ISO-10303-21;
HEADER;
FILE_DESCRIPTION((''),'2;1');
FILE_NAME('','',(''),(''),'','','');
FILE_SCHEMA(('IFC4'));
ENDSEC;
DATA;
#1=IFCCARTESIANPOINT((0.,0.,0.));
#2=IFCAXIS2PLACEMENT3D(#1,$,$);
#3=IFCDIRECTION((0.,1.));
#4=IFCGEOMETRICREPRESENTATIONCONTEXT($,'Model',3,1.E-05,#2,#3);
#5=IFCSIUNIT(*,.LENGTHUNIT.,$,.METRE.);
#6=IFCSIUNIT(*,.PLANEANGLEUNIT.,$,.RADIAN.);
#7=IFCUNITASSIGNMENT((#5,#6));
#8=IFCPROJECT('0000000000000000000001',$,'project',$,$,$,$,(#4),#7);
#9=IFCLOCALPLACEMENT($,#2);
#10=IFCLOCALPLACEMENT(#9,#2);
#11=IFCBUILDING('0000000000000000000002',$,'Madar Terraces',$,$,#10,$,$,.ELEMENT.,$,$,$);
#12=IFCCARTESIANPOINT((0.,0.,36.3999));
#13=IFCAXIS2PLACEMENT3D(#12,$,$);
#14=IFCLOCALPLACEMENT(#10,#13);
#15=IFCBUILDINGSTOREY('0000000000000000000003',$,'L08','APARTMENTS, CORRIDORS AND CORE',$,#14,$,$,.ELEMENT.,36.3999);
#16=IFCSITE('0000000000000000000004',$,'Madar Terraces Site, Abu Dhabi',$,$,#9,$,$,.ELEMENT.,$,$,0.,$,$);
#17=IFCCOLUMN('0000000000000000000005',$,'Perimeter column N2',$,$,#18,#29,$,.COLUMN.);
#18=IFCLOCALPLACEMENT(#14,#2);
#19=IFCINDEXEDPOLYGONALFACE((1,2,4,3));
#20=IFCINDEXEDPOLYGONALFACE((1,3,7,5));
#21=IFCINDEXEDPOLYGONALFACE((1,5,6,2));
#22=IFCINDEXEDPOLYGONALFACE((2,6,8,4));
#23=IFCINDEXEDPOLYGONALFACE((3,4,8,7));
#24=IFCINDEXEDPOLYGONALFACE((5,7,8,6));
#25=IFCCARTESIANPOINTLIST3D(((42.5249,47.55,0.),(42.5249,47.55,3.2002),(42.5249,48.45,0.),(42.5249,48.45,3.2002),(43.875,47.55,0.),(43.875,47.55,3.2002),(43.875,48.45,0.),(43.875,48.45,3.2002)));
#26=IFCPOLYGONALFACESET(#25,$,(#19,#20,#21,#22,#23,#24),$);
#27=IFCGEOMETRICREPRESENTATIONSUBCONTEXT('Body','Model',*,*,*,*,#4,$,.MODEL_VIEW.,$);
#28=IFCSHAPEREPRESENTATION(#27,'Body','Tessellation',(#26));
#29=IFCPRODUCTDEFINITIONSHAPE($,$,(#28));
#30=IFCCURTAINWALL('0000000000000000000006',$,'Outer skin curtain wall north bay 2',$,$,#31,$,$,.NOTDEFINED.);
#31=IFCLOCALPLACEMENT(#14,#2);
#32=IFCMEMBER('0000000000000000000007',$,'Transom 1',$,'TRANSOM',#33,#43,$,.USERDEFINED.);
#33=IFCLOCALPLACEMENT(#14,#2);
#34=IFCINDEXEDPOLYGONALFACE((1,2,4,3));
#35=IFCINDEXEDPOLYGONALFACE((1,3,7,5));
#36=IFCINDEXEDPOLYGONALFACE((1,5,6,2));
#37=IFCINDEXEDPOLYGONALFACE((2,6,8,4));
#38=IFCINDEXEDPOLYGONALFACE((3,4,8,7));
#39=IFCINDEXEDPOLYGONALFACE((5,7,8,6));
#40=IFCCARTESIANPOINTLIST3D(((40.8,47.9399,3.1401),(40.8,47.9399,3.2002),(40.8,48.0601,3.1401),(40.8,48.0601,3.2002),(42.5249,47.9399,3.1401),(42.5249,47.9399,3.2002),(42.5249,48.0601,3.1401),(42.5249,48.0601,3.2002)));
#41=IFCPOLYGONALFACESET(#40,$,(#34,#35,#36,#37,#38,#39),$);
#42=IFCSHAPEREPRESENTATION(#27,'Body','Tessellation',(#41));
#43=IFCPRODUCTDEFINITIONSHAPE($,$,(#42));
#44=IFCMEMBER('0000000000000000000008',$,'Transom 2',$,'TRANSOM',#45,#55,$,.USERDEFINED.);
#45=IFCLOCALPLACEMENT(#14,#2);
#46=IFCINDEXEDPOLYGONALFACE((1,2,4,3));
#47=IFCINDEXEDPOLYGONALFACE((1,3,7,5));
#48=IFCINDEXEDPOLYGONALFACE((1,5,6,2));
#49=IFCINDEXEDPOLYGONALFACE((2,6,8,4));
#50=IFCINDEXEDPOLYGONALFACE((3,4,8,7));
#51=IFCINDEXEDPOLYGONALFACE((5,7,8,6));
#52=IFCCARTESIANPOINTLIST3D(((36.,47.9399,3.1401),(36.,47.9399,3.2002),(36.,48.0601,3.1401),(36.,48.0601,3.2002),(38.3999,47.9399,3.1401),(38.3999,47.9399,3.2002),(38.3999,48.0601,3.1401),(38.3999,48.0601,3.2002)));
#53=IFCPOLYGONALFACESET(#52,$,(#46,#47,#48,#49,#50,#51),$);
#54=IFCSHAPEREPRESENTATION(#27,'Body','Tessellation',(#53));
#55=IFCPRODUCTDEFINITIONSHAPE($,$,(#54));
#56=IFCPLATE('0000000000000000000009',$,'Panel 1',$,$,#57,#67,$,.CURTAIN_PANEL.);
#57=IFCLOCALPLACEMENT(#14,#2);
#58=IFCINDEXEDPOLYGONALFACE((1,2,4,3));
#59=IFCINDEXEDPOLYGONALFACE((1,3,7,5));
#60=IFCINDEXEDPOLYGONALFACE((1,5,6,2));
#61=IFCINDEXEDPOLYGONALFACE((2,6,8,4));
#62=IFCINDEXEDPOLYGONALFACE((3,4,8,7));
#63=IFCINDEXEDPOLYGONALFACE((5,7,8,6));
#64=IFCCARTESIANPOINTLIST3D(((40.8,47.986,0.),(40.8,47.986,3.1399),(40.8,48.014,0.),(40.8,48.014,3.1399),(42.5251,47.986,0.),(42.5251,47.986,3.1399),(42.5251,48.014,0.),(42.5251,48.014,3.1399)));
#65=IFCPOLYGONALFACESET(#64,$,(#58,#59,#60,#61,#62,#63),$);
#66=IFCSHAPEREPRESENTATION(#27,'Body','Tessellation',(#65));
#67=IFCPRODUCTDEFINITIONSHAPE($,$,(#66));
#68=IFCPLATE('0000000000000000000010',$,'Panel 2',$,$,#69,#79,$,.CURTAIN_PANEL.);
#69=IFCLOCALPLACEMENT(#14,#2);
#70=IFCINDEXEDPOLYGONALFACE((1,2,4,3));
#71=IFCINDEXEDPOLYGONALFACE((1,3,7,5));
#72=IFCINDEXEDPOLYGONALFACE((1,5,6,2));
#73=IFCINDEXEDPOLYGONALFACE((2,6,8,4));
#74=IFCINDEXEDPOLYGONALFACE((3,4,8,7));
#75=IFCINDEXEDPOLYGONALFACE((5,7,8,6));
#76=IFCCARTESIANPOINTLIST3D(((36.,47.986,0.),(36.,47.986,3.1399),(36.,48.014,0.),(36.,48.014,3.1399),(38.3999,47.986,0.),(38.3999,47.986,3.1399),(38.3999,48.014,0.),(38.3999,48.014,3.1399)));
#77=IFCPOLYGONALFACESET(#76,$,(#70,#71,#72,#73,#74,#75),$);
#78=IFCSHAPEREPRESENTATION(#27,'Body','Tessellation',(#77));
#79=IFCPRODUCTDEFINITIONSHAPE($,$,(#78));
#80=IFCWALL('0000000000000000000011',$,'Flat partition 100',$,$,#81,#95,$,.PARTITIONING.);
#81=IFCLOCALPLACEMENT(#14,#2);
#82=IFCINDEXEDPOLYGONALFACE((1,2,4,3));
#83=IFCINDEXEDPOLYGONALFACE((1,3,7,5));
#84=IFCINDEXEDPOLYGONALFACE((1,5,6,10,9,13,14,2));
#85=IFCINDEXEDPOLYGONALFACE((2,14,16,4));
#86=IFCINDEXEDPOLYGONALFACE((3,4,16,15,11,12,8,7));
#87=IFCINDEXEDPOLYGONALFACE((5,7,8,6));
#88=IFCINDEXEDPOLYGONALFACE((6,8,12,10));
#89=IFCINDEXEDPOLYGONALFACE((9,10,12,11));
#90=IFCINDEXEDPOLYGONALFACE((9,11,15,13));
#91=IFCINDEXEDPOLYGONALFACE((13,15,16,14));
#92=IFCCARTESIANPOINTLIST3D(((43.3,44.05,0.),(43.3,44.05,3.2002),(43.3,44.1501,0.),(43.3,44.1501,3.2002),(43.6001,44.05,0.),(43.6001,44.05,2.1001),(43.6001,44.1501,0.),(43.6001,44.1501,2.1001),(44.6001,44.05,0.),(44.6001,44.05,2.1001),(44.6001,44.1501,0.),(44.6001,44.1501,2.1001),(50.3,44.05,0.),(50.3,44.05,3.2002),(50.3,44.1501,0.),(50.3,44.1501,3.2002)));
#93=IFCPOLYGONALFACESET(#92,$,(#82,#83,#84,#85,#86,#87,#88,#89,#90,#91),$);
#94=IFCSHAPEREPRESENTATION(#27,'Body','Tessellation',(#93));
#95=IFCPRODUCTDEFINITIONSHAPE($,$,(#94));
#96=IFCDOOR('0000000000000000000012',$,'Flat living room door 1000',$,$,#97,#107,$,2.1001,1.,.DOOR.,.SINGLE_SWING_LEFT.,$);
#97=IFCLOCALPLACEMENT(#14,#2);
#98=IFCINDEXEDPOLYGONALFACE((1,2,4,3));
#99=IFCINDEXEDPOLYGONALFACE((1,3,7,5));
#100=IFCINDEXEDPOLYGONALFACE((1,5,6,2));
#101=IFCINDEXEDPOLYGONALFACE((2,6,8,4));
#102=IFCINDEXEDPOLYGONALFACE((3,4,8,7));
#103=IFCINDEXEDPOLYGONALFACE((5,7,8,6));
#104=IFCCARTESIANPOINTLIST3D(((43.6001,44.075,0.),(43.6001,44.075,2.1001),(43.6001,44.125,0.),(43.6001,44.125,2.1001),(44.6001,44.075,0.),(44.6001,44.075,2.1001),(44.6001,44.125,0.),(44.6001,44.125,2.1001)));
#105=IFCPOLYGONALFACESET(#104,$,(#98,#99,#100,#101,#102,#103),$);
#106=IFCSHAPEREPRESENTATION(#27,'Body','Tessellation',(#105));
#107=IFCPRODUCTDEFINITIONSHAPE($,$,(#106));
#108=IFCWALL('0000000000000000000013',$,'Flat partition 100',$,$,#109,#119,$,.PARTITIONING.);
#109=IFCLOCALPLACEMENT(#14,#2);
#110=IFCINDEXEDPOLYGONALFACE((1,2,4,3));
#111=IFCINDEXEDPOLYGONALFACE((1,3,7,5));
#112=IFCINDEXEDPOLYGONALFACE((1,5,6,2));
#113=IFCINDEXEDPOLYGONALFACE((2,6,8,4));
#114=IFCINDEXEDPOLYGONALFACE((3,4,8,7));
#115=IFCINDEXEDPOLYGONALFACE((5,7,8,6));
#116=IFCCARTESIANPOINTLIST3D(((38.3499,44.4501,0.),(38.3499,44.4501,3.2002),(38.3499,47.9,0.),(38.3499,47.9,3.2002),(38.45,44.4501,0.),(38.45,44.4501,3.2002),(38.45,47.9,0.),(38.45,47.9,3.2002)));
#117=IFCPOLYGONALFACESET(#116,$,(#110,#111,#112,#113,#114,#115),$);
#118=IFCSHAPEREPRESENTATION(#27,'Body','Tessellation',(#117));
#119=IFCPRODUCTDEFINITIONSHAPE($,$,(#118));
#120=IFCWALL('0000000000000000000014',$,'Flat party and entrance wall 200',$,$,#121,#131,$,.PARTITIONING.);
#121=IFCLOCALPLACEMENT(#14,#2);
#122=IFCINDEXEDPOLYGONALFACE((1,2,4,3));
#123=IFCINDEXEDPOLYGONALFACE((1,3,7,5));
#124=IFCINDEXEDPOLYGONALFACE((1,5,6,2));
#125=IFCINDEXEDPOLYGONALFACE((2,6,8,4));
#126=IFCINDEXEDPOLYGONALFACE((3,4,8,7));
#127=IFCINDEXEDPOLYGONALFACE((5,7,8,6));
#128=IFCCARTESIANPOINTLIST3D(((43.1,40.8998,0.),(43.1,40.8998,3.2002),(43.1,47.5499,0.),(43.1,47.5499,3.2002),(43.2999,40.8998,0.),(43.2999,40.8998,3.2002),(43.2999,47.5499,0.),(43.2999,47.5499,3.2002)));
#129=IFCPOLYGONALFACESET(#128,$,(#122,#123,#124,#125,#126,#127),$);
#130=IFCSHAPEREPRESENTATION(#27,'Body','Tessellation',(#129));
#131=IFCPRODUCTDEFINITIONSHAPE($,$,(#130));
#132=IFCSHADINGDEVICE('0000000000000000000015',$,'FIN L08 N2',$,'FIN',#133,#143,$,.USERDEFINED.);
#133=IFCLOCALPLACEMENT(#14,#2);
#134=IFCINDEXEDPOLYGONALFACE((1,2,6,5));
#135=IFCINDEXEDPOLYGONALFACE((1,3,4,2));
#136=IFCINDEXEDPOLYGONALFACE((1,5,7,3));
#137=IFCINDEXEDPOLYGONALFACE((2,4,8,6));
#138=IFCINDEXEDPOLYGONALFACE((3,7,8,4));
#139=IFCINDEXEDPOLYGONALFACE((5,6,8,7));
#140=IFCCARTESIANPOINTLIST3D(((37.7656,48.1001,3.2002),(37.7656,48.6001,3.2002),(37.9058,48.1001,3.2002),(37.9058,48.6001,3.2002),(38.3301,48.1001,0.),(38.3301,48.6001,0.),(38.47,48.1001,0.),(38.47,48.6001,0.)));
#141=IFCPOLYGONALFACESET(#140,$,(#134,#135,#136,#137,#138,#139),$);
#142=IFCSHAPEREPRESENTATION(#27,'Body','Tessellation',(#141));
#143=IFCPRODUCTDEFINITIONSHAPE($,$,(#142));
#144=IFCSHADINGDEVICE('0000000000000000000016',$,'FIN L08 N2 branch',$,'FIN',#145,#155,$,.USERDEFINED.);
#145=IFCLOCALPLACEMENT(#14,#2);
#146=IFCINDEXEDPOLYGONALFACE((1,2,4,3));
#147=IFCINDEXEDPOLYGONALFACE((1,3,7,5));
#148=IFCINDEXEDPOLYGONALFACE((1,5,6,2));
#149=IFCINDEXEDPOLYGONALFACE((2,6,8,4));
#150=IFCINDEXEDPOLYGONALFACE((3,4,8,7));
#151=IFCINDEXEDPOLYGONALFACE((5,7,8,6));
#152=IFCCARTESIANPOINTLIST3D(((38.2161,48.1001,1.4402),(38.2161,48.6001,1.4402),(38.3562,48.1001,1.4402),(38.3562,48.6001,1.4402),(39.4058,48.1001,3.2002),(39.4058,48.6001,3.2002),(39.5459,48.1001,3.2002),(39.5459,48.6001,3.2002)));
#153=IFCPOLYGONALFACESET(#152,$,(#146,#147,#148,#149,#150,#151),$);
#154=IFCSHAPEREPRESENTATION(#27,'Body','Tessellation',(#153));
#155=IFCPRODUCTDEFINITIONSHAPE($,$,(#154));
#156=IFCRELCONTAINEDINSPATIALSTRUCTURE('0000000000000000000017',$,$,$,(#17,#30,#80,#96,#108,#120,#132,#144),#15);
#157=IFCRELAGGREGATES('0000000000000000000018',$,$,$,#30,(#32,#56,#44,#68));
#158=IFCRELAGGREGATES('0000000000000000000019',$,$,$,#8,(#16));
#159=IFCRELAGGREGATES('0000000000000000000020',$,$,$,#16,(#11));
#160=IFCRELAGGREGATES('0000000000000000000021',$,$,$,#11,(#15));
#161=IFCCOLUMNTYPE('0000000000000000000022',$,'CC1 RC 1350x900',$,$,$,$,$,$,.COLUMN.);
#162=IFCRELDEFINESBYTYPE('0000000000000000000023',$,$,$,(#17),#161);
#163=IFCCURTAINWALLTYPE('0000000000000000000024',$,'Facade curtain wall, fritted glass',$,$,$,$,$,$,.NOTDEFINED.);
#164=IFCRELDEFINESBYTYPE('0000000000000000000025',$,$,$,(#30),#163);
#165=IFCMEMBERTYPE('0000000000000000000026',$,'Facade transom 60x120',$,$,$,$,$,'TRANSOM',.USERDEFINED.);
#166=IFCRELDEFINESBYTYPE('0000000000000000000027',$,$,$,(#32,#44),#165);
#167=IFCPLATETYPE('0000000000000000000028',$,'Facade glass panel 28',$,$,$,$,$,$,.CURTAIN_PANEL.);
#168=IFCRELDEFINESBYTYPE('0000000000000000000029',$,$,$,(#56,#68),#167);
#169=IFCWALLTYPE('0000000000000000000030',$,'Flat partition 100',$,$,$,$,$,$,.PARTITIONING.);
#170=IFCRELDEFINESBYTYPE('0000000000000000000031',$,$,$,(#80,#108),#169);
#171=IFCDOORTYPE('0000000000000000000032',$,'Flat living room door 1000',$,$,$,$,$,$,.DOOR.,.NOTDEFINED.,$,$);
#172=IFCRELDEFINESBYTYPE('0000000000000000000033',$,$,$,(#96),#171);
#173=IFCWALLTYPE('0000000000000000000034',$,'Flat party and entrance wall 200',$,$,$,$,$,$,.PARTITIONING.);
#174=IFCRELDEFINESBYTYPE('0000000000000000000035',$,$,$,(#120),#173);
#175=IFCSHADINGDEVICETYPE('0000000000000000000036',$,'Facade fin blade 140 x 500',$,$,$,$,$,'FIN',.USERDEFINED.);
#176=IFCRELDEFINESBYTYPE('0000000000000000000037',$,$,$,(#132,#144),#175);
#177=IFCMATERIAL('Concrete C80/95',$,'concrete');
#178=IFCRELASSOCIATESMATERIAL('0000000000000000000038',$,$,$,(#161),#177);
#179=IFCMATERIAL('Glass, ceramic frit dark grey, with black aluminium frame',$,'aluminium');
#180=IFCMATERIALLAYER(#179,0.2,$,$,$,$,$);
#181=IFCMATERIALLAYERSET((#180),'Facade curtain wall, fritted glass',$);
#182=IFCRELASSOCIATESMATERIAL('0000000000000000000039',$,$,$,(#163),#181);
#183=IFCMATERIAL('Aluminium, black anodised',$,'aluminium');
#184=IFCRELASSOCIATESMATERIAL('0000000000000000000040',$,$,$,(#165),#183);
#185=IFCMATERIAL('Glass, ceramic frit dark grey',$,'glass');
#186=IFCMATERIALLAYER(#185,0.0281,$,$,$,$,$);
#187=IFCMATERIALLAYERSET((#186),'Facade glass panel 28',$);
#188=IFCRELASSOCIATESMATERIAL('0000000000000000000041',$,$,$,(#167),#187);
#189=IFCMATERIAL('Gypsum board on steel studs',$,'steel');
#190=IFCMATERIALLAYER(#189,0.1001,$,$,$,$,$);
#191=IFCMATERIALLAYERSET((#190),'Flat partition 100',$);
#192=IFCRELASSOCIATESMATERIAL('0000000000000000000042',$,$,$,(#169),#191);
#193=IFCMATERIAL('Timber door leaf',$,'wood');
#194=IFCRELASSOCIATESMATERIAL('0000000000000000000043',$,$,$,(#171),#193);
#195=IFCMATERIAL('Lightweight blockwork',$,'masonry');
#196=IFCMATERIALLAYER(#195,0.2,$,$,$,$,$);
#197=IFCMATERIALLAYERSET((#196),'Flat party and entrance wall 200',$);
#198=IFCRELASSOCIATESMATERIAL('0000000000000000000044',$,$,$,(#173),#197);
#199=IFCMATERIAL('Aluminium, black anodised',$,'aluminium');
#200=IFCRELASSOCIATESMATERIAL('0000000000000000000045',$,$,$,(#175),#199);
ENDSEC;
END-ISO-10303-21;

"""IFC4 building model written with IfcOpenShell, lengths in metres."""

from ifc_helpers import new_model, si_unit, direction, frame, frame_2d, origin, origin_2d, place, context, subcontext, project, spatial, polyline, rectangle, outline, extrude, material, layer, layer_set, material_profile, profile_set, type_object, element, fill, aggregate, save


model = new_model("IFC4")

# Units and contexts
model_context = context("Model", 3, precision=1e-05, world=origin(), true_north=direction((0.0, 1.0)))
body_context = subcontext(model_context, "Body", "Model", "MODEL_VIEW")
ifc_project = project(units=[si_unit("LENGTHUNIT", "METRE"), si_unit("PLANEANGLEUNIT", "RADIAN")], contexts=[model_context])

# Site, building, storey
site_placement = place(None, origin())
site = spatial("IfcSite", under=ifc_project, at=site_placement, Name="Madar Terraces Site, Abu Dhabi", CompositionType="ELEMENT", RefElevation=0.0)
building_placement = place(site_placement, origin())
building = spatial("IfcBuilding", under=site, at=building_placement, Name="Madar Terraces", CompositionType="ELEMENT")
storey_placement = place(building_placement, frame((0.0, 0.0, 36.3999)))
storey = spatial("IfcBuildingStorey", under=building, at=storey_placement, Name="L08", Description="APARTMENTS, CORRIDORS AND CORE", CompositionType="ELEMENT", Elevation=36.3999)

# Column
ifc_material_1 = material(Name="Concrete C80/95", Category="concrete")
ifc_material_profile_1 = material_profile(ifc_material_1, rectangle(XDim=1.3501, YDim=0.8999, at=origin_2d()), Name="CC1 RC 1350x900")
ifc_profile_set_1 = profile_set([ifc_material_profile_1], Name="Concrete C80/95")
column_type = type_object("IfcColumnType", Name="CC1 RC 1350x900", PredefinedType="COLUMN", material=ifc_profile_set_1)
column_placement = place(storey_placement, frame((43.2, 48.0, 0.0), z_axis=(0.0, 0.0, 1.0), x_axis=(1.0, 0.0, 0.0)))
element("IfcColumn", 1, at=column_placement, inside=storey, type_object=column_type, Name="Perimeter column N2", PredefinedType="COLUMN", context=body_context, shape_type="SweptSolid", body=[
    extrude(rectangle(XDim=1.3501, YDim=0.8999, at=origin_2d()), origin(), (0.0, 0.0, 1.0), 3.2002),
])

# Curtain wall, members, plates
ifc_material_2 = material(Name="Glass, ceramic frit dark grey, with black aluminium frame", Category="aluminium")
ifc_layer_1 = layer(ifc_material_2, 0.2)
ifc_layer_set_1 = layer_set([ifc_layer_1], Name="Facade curtain wall, fritted glass")
curtain_wall_type = type_object("IfcCurtainWallType", Name="Facade curtain wall, fritted glass", PredefinedType="NOTDEFINED", material=ifc_layer_set_1)
curtain_wall_placement = place(storey_placement, origin())
curtain_wall = element("IfcCurtainWall", 2, at=curtain_wall_placement, inside=storey, type_object=curtain_wall_type, Name="Outer skin curtain wall north bay 2", PredefinedType="NOTDEFINED")
ifc_material_3 = material(Name="Aluminium, black anodised", Category="aluminium")
ifc_material_profile_2 = material_profile(ifc_material_3, rectangle(XDim=0.1201, YDim=0.0601, at=origin_2d()), Name="Facade transom 60x120")
ifc_profile_set_2 = profile_set([ifc_material_profile_2], Name="Aluminium, black anodised")
member_type = type_object("IfcMemberType", Name="Facade transom 60x120", ElementType="TRANSOM", PredefinedType="USERDEFINED", material=ifc_profile_set_2)
member_1_placement = place(storey_placement, frame((42.5249, 48.0, 3.1702), z_axis=(-1.0, 0.0, 0.0), x_axis=(0.0, -1.0, 0.0)))
member_1 = element("IfcMember", 3, at=member_1_placement, type_object=member_type, Name="Transom 1", ObjectType="TRANSOM", PredefinedType="USERDEFINED", context=body_context, shape_type="SweptSolid", body=[
    extrude(rectangle(XDim=0.1201, YDim=0.0601, at=origin_2d()), origin(), (0.0, 0.0, 1.0), 1.7249),
])
member_2_placement = place(storey_placement, frame((38.3999, 48.0, 3.1702), z_axis=(-1.0, 0.0, 0.0), x_axis=(0.0, -1.0, 0.0)))
member_2 = element("IfcMember", 4, at=member_2_placement, type_object=member_type, Name="Transom 2", ObjectType="TRANSOM", PredefinedType="USERDEFINED", context=body_context, shape_type="SweptSolid", body=[
    extrude(rectangle(XDim=0.1201, YDim=0.0601, at=origin_2d()), origin(), (0.0, 0.0, 1.0), 2.3999),
])
ifc_material_4 = material(Name="Glass, ceramic frit dark grey", Category="glass")
ifc_layer_2 = layer(ifc_material_4, 0.0281)
ifc_layer_set_2 = layer_set([ifc_layer_2], Name="Facade glass panel 28")
plate_type = type_object("IfcPlateType", Name="Facade glass panel 28", PredefinedType="CURTAIN_PANEL", material=ifc_layer_set_2)
plate_1_placement = place(storey_placement, frame((41.6626, 48.0, 0.0), z_axis=(0.0, 0.0, 1.0), x_axis=(-1.0, 0.0, 0.0)))
plate_1 = element("IfcPlate", 5, at=plate_1_placement, type_object=plate_type, Name="Panel 1", PredefinedType="CURTAIN_PANEL", context=body_context, shape_type="SweptSolid", body=[
    extrude(rectangle(XDim=1.7251, YDim=0.0281, at=origin_2d()), origin(), (0.0, 0.0, 1.0), 3.1399),
])
plate_2_placement = place(storey_placement, frame((37.2, 48.0, 0.0), z_axis=(0.0, 0.0, 1.0), x_axis=(-1.0, 0.0, 0.0)))
plate_2 = element("IfcPlate", 6, at=plate_2_placement, type_object=plate_type, Name="Panel 2", PredefinedType="CURTAIN_PANEL", context=body_context, shape_type="SweptSolid", body=[
    extrude(rectangle(XDim=2.3999, YDim=0.0281, at=origin_2d()), origin(), (0.0, 0.0, 1.0), 3.1399),
])
aggregate(curtain_wall, [member_1, plate_1, member_2, plate_2])

# Wall, opening, door
ifc_material_5 = material(Name="Gypsum board on steel studs", Category="steel")
ifc_layer_3 = layer(ifc_material_5, 0.1001)
ifc_layer_set_3 = layer_set([ifc_layer_3], Name="Flat partition 100")
wall_type_1 = type_object("IfcWallType", Name="Flat partition 100", PredefinedType="PARTITIONING", material=ifc_layer_set_3)
wall_1_placement = place(storey_placement, frame((43.3, 44.1001, 0.0), z_axis=(0.0, 0.0, 1.0), x_axis=(1.0, 0.0, 0.0)))
wall_1 = element("IfcWall", 7, at=wall_1_placement, inside=storey, type_object=wall_type_1, Name="Flat partition 100", PredefinedType="PARTITIONING", context=body_context, shape_type="SweptSolid", body=[
    extrude(rectangle(XDim=7.0, YDim=0.1001, at=frame_2d((3.5, 0.0))), origin(), (0.0, 0.0, 1.0), 3.2002),
])
opening_1_placement = place(wall_1_placement, frame((0.3, 0.0, 0.0)))
opening_1 = element("IfcOpeningElement", 8, at=opening_1_placement, cuts=wall_1, PredefinedType="OPENING", context=body_context, shape_type="SweptSolid", body=[
    extrude(rectangle(XDim=1.0, YDim=2.1001, at=frame_2d((0.5, 1.05))), frame((0.0, 0.0601, 0.0), z_axis=(0.0, -1.0, 0.0), x_axis=(1.0, 0.0, 0.0)), (0.0, 0.0, 1.0), 0.1201),
])
ifc_material_6 = material(Name="Timber door leaf", Category="wood")
door_type_1 = type_object("IfcDoorType", Name="Flat living room door 1000", OperationType="NOTDEFINED", PredefinedType="DOOR", material=ifc_material_6)
door_1_placement = place(opening_1_placement, origin())
door_1 = element("IfcDoor", 9, at=door_1_placement, inside=storey, type_object=door_type_1, Name="Flat living room door 1000", OperationType="SINGLE_SWING_LEFT", OverallHeight=2.1001, OverallWidth=1.0, PredefinedType="DOOR", context=body_context, shape_type="SweptSolid", body=[
    extrude(rectangle(XDim=1.0, YDim=2.1001, at=frame_2d((0.5, 1.05))), frame((0.0, 0.0249, 0.0), z_axis=(0.0, -1.0, 0.0), x_axis=(1.0, 0.0, 0.0)), (0.0, 0.0, 1.0), 0.05),
])
fill(opening_1, door_1)

# Walls
wall_2_placement = place(storey_placement, frame((38.3999, 44.45, 0.0), z_axis=(0.0, 0.0, 1.0), x_axis=(0.0, 1.0, 0.0)))
element("IfcWall", 10, at=wall_2_placement, inside=storey, type_object=wall_type_1, Name="Flat partition 100", PredefinedType="PARTITIONING", context=body_context, shape_type="SweptSolid", body=[
    extrude(rectangle(XDim=3.45, YDim=0.1001, at=frame_2d((1.7251, 0.0))), origin(), (0.0, 0.0, 1.0), 3.2002),
])
ifc_material_7 = material(Name="Lightweight blockwork", Category="masonry")
ifc_layer_4 = layer(ifc_material_7, 0.2)
ifc_layer_set_4 = layer_set([ifc_layer_4], Name="Flat party and entrance wall 200")
wall_type_2 = type_object("IfcWallType", Name="Flat party and entrance wall 200", PredefinedType="PARTITIONING", material=ifc_layer_set_4)
wall_3_placement = place(storey_placement, frame((43.2, 47.55, 0.0), z_axis=(0.0, 0.0, 1.0), x_axis=(0.0, -1.0, 0.0)))
element("IfcWall", 11, at=wall_3_placement, inside=storey, type_object=wall_type_2, Name="Flat party and entrance wall 200", PredefinedType="PARTITIONING", context=body_context, shape_type="SweptSolid", body=[
    extrude(rectangle(XDim=6.6501, YDim=0.2, at=frame_2d((3.3252, 0.0))), origin(), (0.0, 0.0, 1.0), 3.2002),
])

# Shading devices
ifc_material_8 = material(Name="Aluminium, black anodised", Category="aluminium")
shading_device_type = type_object("IfcShadingDeviceType", Name="Facade fin blade 140 x 500", ElementType="FIN", PredefinedType="USERDEFINED", material=ifc_material_8)
shading_device_1_placement = place(storey_placement, frame((38.47, 48.3501, 0.0), z_axis=(0.0, 0.0, 1.0), x_axis=(-1.0, 0.0, 0.0)))
element("IfcShadingDevice", 12, at=shading_device_1_placement, inside=storey, type_object=shading_device_type, Name="FIN L08 N2", ObjectType="FIN", PredefinedType="USERDEFINED", context=body_context, shape_type="SweptSolid", body=[
    extrude(outline(polyline([(0.0, 0.0), (0.1399, 0.0), (0.7043, 3.2002), (0.5642, 3.2002), (0.0, 0.0)])), frame((0.0, 0.25, 0.0), z_axis=(0.0, -1.0, 0.0), x_axis=(1.0, 0.0, 0.0)), (0.0, 0.0, 1.0), 0.5),
])
shading_device_2_placement = place(storey_placement, frame((38.3562, 48.3501, 1.4402), z_axis=(0.0, 0.0, 1.0), x_axis=(-1.0, 0.0, 0.0)))
element("IfcShadingDevice", 13, at=shading_device_2_placement, inside=storey, type_object=shading_device_type, Name="FIN L08 N2 branch", ObjectType="FIN", PredefinedType="USERDEFINED", context=body_context, shape_type="SweptSolid", body=[
    extrude(outline(polyline([(0.0, 0.0), (0.1401, 0.0), (-1.0496, 1.76), (-1.1897, 1.76), (0.0, 0.0)])), frame((0.0, 0.25, 0.0), z_axis=(0.0, -1.0, 0.0), x_axis=(1.0, 0.0, 0.0)), (0.0, 0.0, 1.0), 0.5),
])

save(model, "model.ifc")
